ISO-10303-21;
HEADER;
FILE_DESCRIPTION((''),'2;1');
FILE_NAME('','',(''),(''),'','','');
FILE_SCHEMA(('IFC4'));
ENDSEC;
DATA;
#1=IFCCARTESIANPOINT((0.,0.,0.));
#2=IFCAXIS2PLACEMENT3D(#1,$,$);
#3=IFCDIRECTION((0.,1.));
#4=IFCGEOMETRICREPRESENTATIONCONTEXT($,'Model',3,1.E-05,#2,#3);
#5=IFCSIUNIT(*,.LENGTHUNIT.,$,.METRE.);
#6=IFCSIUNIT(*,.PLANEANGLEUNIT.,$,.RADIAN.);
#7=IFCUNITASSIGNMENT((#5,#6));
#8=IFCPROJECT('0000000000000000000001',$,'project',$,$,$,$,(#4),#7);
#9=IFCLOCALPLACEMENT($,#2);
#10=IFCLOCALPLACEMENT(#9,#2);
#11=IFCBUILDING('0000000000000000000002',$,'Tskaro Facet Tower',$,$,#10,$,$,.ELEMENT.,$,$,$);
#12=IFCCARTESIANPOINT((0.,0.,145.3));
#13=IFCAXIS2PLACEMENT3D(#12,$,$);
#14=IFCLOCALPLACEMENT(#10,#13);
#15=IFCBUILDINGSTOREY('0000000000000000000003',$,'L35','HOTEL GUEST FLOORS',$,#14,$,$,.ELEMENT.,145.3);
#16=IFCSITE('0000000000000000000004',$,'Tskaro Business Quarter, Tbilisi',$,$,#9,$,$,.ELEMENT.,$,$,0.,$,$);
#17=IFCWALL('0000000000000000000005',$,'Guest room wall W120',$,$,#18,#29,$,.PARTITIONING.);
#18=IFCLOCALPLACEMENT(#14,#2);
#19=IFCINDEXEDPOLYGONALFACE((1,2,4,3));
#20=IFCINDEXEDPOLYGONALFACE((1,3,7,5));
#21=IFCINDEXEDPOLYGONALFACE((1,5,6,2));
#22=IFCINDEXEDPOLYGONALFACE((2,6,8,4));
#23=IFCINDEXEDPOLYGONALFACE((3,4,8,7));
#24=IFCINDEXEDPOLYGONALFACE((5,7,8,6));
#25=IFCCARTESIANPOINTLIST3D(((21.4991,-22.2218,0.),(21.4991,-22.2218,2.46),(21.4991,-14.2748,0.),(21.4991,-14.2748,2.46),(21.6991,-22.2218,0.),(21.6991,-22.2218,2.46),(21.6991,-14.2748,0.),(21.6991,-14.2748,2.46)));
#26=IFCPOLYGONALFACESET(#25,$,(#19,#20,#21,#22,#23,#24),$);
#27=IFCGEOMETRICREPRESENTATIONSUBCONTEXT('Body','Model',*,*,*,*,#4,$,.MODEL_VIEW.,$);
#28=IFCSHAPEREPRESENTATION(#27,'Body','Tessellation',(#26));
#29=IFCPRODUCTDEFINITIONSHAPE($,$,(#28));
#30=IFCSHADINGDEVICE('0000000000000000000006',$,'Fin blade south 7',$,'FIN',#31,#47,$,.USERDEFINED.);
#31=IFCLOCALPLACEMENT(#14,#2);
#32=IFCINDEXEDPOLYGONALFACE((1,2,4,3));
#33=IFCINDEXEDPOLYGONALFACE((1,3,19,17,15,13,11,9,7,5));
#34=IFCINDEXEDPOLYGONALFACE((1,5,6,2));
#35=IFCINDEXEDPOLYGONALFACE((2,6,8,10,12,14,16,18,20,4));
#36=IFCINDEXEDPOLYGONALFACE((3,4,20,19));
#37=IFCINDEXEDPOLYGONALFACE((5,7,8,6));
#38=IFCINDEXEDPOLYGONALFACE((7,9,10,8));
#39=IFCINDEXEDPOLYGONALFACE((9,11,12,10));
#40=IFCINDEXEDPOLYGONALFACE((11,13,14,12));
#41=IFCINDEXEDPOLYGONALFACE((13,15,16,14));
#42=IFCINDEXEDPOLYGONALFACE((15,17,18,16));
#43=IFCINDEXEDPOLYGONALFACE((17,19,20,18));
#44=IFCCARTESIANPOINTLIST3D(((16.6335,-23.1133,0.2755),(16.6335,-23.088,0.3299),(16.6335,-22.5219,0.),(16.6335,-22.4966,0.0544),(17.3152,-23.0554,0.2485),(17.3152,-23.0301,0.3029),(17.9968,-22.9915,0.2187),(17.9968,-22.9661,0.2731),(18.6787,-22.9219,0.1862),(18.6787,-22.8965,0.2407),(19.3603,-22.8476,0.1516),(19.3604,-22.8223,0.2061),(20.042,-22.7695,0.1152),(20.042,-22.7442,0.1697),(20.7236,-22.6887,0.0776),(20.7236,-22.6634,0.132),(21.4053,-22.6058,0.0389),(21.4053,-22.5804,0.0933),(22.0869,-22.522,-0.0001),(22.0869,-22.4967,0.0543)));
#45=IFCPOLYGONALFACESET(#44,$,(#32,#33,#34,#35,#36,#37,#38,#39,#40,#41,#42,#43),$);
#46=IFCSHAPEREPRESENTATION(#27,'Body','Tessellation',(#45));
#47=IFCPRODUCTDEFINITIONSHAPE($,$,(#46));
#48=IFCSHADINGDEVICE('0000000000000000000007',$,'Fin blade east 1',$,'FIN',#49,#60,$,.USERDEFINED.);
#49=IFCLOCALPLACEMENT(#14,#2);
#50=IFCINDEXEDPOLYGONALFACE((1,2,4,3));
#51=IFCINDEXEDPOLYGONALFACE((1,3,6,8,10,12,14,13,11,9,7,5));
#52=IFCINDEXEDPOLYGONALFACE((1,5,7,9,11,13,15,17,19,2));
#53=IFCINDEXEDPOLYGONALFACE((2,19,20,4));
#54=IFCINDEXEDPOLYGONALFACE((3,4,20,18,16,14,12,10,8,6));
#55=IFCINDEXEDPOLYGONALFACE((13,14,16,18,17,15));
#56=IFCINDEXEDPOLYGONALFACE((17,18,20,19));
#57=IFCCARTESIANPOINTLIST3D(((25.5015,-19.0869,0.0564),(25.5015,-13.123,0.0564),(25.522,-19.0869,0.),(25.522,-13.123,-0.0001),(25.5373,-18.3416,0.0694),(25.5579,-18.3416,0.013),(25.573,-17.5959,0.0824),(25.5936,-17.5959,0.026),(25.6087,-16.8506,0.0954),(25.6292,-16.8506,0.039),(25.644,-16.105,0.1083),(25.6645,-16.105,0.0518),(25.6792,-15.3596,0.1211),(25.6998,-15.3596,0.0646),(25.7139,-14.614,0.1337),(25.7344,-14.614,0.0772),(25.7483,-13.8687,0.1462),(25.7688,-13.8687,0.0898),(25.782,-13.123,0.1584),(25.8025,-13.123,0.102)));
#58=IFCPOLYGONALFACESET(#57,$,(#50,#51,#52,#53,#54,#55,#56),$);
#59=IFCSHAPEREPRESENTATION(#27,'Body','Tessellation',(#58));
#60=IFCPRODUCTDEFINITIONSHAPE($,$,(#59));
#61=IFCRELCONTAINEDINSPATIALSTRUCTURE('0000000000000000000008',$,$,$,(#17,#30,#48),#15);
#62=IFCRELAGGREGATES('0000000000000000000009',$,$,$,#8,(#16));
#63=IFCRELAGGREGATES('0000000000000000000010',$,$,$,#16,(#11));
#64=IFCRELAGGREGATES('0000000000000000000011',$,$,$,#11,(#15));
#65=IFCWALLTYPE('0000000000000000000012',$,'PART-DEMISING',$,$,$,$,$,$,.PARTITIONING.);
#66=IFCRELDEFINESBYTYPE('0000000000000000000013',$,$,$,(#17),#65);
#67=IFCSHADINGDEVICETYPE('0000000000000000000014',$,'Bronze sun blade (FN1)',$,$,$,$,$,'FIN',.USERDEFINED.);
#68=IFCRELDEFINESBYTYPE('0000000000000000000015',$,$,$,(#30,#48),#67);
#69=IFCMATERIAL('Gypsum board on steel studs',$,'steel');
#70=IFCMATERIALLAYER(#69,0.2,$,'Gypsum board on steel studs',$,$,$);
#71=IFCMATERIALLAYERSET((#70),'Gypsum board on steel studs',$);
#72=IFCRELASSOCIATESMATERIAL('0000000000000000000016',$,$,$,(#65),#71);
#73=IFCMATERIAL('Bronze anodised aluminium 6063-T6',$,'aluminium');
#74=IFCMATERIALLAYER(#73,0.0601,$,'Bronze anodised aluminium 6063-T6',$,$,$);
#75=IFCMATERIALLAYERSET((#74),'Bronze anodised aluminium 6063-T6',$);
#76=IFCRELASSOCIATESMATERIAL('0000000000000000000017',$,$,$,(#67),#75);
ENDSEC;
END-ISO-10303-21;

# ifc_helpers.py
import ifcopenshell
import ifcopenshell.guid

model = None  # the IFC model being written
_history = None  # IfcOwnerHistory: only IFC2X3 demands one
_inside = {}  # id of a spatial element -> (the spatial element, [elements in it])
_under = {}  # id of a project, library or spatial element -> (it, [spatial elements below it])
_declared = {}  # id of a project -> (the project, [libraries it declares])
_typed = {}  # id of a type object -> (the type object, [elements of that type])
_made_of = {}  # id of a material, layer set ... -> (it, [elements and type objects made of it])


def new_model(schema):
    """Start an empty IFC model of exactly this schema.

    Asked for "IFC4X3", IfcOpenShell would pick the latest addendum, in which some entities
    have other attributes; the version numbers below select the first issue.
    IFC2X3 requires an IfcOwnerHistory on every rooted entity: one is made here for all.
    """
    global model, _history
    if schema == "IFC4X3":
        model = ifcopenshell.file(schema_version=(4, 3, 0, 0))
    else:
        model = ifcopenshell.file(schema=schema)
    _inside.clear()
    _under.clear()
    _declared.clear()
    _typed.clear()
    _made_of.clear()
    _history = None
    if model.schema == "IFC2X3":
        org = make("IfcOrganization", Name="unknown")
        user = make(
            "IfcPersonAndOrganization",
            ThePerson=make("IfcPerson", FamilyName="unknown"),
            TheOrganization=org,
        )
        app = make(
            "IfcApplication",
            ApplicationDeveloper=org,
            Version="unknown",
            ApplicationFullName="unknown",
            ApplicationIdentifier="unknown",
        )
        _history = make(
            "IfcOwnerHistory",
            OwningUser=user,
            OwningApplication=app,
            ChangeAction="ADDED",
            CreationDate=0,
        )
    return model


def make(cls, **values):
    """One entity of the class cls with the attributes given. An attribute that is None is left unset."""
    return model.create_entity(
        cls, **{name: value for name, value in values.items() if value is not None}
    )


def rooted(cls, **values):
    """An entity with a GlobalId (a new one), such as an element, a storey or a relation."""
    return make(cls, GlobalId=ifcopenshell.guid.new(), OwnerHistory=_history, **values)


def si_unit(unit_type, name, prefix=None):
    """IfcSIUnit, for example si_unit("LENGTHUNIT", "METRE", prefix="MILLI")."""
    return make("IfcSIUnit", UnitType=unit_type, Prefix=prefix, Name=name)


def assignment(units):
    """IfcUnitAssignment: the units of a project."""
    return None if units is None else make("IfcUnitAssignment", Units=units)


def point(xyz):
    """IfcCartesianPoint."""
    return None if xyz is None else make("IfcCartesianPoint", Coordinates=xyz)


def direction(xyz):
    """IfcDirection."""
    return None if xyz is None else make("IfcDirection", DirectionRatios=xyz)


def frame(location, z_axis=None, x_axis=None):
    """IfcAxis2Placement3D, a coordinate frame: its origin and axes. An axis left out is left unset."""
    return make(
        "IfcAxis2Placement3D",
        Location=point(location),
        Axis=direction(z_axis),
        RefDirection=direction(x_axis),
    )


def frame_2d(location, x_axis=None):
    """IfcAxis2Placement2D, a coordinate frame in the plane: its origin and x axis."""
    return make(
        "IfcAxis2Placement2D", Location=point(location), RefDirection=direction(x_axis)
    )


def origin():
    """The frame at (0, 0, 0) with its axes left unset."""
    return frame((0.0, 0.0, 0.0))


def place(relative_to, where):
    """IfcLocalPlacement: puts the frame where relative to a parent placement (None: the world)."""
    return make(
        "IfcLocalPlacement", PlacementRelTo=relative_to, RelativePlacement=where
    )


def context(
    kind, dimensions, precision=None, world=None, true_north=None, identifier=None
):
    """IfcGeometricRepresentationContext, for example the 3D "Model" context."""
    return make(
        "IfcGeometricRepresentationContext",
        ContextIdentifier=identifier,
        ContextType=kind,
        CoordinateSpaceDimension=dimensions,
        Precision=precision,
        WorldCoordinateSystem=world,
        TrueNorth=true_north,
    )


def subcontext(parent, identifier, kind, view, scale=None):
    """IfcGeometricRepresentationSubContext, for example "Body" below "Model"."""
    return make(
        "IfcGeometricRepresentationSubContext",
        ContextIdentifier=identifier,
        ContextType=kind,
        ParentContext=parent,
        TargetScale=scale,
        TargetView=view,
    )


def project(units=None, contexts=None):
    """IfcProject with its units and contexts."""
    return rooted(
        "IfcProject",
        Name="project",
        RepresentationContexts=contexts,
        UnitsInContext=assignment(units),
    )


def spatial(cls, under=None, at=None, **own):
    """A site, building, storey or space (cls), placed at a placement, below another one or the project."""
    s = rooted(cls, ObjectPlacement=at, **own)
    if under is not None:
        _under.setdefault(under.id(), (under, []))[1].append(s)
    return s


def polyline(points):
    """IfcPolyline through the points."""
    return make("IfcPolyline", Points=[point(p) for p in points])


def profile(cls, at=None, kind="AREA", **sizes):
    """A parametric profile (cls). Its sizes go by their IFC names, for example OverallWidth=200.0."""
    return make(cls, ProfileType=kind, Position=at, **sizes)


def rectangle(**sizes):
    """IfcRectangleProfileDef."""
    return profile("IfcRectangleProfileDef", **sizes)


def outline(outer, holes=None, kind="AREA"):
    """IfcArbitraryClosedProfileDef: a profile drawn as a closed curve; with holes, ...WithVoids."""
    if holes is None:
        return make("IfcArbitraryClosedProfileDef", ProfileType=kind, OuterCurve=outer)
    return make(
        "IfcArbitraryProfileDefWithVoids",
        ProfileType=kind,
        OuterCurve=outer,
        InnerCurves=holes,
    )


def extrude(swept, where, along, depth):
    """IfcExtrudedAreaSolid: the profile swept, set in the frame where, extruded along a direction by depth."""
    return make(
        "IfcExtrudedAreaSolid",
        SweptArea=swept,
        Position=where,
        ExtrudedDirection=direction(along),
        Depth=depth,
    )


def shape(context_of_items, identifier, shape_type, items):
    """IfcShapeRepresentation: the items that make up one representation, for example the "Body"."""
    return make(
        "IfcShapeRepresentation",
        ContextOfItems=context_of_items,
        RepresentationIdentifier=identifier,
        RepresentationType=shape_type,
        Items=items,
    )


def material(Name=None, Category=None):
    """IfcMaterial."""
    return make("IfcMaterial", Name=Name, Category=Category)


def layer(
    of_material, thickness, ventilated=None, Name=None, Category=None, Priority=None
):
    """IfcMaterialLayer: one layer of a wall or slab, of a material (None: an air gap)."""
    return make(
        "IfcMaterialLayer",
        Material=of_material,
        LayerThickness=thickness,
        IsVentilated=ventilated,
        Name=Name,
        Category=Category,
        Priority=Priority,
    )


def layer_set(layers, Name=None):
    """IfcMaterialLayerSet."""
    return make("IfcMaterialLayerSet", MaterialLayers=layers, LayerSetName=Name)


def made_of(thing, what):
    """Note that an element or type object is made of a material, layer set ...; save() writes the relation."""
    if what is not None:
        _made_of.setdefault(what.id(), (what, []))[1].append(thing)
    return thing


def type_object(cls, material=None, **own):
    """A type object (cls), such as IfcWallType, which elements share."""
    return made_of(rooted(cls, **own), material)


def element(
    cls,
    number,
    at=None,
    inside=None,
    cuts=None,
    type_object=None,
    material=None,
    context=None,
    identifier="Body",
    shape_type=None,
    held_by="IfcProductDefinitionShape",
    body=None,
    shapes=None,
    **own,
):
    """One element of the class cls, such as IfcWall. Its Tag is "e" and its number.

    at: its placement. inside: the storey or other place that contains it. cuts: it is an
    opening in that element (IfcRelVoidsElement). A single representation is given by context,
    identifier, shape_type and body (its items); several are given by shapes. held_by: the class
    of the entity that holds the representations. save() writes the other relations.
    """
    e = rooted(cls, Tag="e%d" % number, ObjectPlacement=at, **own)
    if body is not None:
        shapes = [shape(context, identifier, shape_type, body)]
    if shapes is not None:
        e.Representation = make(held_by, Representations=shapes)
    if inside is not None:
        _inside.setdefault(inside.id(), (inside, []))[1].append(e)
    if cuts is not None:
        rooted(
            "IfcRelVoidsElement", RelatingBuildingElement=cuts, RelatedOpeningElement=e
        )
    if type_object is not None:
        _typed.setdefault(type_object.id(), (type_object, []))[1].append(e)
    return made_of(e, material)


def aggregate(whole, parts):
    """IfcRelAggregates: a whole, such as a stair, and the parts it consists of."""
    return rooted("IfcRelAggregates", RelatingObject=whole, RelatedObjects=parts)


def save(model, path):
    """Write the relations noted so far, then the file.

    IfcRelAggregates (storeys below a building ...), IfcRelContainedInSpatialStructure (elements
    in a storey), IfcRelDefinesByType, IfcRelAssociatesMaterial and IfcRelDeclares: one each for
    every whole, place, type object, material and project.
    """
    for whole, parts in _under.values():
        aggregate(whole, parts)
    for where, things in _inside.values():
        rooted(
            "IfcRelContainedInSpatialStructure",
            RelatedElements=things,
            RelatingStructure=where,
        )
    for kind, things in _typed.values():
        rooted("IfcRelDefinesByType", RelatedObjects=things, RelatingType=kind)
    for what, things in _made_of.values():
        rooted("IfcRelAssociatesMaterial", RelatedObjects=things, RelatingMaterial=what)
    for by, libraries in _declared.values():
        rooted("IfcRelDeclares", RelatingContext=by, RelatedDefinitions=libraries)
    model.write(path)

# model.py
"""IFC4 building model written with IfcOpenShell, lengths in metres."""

from ifc_helpers import new_model, si_unit, direction, frame, frame_2d, origin, place, context, subcontext, project, spatial, polyline, rectangle, outline, extrude, material, layer, layer_set, type_object, element, save


model = new_model("IFC4")

# Units and contexts
model_context = context("Model", 3, precision=1e-05, world=origin(), true_north=direction((0.0, 1.0)))
body_context = subcontext(model_context, "Body", "Model", "MODEL_VIEW")
ifc_project = project(units=[si_unit("LENGTHUNIT", "METRE"), si_unit("PLANEANGLEUNIT", "RADIAN")], contexts=[model_context])

# Site, building, storey
site_placement = place(None, origin())
site = spatial("IfcSite", under=ifc_project, at=site_placement, Name="Tskaro Business Quarter, Tbilisi", CompositionType="ELEMENT", RefElevation=0.0)
building_placement = place(site_placement, origin())
building = spatial("IfcBuilding", under=site, at=building_placement, Name="Tskaro Facet Tower", CompositionType="ELEMENT")
storey_placement = place(building_placement, frame((0.0, 0.0, 145.3)))
storey = spatial("IfcBuildingStorey", under=building, at=storey_placement, Name="L35", Description="HOTEL GUEST FLOORS", CompositionType="ELEMENT", Elevation=145.3)

# Shared definitions
ifc_material_1 = material(Name="Bronze anodised aluminium 6063-T6", Category="aluminium")

# Shared definitions
ifc_material_2 = material(Name="Gypsum board on steel studs", Category="steel")

# Wall
ifc_layer_1 = layer(ifc_material_2, 0.2, Name="Gypsum board on steel studs")
ifc_layer_set_1 = layer_set([ifc_layer_1], Name="Gypsum board on steel studs")
wall_type_1 = type_object("IfcWallType", Name="PART-DEMISING", PredefinedType="PARTITIONING", material=ifc_layer_set_1)
wall_1_placement = place(storey_placement, frame((21.5991, -22.2219, 0.0), z_axis=(0.0, 0.0, 1.0), x_axis=(0.0, 1.0, 0.0)))
element("IfcWall", 1, at=wall_1_placement, inside=storey, type_object=wall_type_1, Name="Guest room wall W120", PredefinedType="PARTITIONING", context=body_context, shape_type="SweptSolid", body=[
    extrude(rectangle(XDim=7.947, YDim=0.2, at=frame_2d((3.9736, 0.0))), origin(), (0.0, 0.0, 1.0), 2.46),
])

# Shading devices
ifc_layer_2 = layer(ifc_material_1, 0.0601, Name="Bronze anodised aluminium 6063-T6")
ifc_layer_set_2 = layer_set([ifc_layer_2], Name="Bronze anodised aluminium 6063-T6")
shading_device_type = type_object("IfcShadingDeviceType", Name="Bronze sun blade (FN1)", ElementType="FIN", PredefinedType="USERDEFINED", material=ifc_layer_set_2)
shading_device_1_placement = place(storey_placement, frame((16.6335, -22.4966, 0.0544), z_axis=(0.00003, 0.422263, 0.906473), x_axis=(1.0, -0.000013, -0.000027)))
element("IfcShadingDevice", 2, at=shading_device_1_placement, inside=storey, type_object=shading_device_type, Name="Fin blade south 7", ObjectType="FIN", PredefinedType="USERDEFINED", context=body_context, shape_type="SweptSolid", body=[
    extrude(outline(polyline([(0.0, 0.0), (5.4534, 0.0), (4.7717, -0.0924), (4.0901, -0.1839), (3.4084, -0.2731), (2.7268, -0.3592), (2.0452, -0.4412), (1.3633, -0.5179), (0.6816, -0.5885), (0.0, -0.6524), (0.0, 0.0)])), origin(), (0.0, 0.0, -1.0), 0.0601),
])
shading_device_2_placement = place(storey_placement, frame((25.5015, -19.0869, 0.0564), z_axis=(-0.341987, 0.000006, 0.939705), x_axis=(0.000002, 1.0, -0.000005)))
element("IfcShadingDevice", 3, at=shading_device_2_placement, inside=storey, type_object=shading_device_type, Name="Fin blade east 1", ObjectType="FIN", PredefinedType="USERDEFINED", context=body_context, shape_type="SweptSolid", body=[
    extrude(outline(polyline([(0.0, 0.0), (5.9639, 0.0), (5.9639, -0.2985), (5.2183, -0.2627), (4.4729, -0.2261), (3.7273, -0.1891), (2.9819, -0.1517), (2.2363, -0.1141), (1.491, -0.0762), (0.7454, -0.0381), (0.0, 0.0)])), origin(), (0.0, 0.0, -1.0), 0.0601),
])

save(model, "model.ifc")
